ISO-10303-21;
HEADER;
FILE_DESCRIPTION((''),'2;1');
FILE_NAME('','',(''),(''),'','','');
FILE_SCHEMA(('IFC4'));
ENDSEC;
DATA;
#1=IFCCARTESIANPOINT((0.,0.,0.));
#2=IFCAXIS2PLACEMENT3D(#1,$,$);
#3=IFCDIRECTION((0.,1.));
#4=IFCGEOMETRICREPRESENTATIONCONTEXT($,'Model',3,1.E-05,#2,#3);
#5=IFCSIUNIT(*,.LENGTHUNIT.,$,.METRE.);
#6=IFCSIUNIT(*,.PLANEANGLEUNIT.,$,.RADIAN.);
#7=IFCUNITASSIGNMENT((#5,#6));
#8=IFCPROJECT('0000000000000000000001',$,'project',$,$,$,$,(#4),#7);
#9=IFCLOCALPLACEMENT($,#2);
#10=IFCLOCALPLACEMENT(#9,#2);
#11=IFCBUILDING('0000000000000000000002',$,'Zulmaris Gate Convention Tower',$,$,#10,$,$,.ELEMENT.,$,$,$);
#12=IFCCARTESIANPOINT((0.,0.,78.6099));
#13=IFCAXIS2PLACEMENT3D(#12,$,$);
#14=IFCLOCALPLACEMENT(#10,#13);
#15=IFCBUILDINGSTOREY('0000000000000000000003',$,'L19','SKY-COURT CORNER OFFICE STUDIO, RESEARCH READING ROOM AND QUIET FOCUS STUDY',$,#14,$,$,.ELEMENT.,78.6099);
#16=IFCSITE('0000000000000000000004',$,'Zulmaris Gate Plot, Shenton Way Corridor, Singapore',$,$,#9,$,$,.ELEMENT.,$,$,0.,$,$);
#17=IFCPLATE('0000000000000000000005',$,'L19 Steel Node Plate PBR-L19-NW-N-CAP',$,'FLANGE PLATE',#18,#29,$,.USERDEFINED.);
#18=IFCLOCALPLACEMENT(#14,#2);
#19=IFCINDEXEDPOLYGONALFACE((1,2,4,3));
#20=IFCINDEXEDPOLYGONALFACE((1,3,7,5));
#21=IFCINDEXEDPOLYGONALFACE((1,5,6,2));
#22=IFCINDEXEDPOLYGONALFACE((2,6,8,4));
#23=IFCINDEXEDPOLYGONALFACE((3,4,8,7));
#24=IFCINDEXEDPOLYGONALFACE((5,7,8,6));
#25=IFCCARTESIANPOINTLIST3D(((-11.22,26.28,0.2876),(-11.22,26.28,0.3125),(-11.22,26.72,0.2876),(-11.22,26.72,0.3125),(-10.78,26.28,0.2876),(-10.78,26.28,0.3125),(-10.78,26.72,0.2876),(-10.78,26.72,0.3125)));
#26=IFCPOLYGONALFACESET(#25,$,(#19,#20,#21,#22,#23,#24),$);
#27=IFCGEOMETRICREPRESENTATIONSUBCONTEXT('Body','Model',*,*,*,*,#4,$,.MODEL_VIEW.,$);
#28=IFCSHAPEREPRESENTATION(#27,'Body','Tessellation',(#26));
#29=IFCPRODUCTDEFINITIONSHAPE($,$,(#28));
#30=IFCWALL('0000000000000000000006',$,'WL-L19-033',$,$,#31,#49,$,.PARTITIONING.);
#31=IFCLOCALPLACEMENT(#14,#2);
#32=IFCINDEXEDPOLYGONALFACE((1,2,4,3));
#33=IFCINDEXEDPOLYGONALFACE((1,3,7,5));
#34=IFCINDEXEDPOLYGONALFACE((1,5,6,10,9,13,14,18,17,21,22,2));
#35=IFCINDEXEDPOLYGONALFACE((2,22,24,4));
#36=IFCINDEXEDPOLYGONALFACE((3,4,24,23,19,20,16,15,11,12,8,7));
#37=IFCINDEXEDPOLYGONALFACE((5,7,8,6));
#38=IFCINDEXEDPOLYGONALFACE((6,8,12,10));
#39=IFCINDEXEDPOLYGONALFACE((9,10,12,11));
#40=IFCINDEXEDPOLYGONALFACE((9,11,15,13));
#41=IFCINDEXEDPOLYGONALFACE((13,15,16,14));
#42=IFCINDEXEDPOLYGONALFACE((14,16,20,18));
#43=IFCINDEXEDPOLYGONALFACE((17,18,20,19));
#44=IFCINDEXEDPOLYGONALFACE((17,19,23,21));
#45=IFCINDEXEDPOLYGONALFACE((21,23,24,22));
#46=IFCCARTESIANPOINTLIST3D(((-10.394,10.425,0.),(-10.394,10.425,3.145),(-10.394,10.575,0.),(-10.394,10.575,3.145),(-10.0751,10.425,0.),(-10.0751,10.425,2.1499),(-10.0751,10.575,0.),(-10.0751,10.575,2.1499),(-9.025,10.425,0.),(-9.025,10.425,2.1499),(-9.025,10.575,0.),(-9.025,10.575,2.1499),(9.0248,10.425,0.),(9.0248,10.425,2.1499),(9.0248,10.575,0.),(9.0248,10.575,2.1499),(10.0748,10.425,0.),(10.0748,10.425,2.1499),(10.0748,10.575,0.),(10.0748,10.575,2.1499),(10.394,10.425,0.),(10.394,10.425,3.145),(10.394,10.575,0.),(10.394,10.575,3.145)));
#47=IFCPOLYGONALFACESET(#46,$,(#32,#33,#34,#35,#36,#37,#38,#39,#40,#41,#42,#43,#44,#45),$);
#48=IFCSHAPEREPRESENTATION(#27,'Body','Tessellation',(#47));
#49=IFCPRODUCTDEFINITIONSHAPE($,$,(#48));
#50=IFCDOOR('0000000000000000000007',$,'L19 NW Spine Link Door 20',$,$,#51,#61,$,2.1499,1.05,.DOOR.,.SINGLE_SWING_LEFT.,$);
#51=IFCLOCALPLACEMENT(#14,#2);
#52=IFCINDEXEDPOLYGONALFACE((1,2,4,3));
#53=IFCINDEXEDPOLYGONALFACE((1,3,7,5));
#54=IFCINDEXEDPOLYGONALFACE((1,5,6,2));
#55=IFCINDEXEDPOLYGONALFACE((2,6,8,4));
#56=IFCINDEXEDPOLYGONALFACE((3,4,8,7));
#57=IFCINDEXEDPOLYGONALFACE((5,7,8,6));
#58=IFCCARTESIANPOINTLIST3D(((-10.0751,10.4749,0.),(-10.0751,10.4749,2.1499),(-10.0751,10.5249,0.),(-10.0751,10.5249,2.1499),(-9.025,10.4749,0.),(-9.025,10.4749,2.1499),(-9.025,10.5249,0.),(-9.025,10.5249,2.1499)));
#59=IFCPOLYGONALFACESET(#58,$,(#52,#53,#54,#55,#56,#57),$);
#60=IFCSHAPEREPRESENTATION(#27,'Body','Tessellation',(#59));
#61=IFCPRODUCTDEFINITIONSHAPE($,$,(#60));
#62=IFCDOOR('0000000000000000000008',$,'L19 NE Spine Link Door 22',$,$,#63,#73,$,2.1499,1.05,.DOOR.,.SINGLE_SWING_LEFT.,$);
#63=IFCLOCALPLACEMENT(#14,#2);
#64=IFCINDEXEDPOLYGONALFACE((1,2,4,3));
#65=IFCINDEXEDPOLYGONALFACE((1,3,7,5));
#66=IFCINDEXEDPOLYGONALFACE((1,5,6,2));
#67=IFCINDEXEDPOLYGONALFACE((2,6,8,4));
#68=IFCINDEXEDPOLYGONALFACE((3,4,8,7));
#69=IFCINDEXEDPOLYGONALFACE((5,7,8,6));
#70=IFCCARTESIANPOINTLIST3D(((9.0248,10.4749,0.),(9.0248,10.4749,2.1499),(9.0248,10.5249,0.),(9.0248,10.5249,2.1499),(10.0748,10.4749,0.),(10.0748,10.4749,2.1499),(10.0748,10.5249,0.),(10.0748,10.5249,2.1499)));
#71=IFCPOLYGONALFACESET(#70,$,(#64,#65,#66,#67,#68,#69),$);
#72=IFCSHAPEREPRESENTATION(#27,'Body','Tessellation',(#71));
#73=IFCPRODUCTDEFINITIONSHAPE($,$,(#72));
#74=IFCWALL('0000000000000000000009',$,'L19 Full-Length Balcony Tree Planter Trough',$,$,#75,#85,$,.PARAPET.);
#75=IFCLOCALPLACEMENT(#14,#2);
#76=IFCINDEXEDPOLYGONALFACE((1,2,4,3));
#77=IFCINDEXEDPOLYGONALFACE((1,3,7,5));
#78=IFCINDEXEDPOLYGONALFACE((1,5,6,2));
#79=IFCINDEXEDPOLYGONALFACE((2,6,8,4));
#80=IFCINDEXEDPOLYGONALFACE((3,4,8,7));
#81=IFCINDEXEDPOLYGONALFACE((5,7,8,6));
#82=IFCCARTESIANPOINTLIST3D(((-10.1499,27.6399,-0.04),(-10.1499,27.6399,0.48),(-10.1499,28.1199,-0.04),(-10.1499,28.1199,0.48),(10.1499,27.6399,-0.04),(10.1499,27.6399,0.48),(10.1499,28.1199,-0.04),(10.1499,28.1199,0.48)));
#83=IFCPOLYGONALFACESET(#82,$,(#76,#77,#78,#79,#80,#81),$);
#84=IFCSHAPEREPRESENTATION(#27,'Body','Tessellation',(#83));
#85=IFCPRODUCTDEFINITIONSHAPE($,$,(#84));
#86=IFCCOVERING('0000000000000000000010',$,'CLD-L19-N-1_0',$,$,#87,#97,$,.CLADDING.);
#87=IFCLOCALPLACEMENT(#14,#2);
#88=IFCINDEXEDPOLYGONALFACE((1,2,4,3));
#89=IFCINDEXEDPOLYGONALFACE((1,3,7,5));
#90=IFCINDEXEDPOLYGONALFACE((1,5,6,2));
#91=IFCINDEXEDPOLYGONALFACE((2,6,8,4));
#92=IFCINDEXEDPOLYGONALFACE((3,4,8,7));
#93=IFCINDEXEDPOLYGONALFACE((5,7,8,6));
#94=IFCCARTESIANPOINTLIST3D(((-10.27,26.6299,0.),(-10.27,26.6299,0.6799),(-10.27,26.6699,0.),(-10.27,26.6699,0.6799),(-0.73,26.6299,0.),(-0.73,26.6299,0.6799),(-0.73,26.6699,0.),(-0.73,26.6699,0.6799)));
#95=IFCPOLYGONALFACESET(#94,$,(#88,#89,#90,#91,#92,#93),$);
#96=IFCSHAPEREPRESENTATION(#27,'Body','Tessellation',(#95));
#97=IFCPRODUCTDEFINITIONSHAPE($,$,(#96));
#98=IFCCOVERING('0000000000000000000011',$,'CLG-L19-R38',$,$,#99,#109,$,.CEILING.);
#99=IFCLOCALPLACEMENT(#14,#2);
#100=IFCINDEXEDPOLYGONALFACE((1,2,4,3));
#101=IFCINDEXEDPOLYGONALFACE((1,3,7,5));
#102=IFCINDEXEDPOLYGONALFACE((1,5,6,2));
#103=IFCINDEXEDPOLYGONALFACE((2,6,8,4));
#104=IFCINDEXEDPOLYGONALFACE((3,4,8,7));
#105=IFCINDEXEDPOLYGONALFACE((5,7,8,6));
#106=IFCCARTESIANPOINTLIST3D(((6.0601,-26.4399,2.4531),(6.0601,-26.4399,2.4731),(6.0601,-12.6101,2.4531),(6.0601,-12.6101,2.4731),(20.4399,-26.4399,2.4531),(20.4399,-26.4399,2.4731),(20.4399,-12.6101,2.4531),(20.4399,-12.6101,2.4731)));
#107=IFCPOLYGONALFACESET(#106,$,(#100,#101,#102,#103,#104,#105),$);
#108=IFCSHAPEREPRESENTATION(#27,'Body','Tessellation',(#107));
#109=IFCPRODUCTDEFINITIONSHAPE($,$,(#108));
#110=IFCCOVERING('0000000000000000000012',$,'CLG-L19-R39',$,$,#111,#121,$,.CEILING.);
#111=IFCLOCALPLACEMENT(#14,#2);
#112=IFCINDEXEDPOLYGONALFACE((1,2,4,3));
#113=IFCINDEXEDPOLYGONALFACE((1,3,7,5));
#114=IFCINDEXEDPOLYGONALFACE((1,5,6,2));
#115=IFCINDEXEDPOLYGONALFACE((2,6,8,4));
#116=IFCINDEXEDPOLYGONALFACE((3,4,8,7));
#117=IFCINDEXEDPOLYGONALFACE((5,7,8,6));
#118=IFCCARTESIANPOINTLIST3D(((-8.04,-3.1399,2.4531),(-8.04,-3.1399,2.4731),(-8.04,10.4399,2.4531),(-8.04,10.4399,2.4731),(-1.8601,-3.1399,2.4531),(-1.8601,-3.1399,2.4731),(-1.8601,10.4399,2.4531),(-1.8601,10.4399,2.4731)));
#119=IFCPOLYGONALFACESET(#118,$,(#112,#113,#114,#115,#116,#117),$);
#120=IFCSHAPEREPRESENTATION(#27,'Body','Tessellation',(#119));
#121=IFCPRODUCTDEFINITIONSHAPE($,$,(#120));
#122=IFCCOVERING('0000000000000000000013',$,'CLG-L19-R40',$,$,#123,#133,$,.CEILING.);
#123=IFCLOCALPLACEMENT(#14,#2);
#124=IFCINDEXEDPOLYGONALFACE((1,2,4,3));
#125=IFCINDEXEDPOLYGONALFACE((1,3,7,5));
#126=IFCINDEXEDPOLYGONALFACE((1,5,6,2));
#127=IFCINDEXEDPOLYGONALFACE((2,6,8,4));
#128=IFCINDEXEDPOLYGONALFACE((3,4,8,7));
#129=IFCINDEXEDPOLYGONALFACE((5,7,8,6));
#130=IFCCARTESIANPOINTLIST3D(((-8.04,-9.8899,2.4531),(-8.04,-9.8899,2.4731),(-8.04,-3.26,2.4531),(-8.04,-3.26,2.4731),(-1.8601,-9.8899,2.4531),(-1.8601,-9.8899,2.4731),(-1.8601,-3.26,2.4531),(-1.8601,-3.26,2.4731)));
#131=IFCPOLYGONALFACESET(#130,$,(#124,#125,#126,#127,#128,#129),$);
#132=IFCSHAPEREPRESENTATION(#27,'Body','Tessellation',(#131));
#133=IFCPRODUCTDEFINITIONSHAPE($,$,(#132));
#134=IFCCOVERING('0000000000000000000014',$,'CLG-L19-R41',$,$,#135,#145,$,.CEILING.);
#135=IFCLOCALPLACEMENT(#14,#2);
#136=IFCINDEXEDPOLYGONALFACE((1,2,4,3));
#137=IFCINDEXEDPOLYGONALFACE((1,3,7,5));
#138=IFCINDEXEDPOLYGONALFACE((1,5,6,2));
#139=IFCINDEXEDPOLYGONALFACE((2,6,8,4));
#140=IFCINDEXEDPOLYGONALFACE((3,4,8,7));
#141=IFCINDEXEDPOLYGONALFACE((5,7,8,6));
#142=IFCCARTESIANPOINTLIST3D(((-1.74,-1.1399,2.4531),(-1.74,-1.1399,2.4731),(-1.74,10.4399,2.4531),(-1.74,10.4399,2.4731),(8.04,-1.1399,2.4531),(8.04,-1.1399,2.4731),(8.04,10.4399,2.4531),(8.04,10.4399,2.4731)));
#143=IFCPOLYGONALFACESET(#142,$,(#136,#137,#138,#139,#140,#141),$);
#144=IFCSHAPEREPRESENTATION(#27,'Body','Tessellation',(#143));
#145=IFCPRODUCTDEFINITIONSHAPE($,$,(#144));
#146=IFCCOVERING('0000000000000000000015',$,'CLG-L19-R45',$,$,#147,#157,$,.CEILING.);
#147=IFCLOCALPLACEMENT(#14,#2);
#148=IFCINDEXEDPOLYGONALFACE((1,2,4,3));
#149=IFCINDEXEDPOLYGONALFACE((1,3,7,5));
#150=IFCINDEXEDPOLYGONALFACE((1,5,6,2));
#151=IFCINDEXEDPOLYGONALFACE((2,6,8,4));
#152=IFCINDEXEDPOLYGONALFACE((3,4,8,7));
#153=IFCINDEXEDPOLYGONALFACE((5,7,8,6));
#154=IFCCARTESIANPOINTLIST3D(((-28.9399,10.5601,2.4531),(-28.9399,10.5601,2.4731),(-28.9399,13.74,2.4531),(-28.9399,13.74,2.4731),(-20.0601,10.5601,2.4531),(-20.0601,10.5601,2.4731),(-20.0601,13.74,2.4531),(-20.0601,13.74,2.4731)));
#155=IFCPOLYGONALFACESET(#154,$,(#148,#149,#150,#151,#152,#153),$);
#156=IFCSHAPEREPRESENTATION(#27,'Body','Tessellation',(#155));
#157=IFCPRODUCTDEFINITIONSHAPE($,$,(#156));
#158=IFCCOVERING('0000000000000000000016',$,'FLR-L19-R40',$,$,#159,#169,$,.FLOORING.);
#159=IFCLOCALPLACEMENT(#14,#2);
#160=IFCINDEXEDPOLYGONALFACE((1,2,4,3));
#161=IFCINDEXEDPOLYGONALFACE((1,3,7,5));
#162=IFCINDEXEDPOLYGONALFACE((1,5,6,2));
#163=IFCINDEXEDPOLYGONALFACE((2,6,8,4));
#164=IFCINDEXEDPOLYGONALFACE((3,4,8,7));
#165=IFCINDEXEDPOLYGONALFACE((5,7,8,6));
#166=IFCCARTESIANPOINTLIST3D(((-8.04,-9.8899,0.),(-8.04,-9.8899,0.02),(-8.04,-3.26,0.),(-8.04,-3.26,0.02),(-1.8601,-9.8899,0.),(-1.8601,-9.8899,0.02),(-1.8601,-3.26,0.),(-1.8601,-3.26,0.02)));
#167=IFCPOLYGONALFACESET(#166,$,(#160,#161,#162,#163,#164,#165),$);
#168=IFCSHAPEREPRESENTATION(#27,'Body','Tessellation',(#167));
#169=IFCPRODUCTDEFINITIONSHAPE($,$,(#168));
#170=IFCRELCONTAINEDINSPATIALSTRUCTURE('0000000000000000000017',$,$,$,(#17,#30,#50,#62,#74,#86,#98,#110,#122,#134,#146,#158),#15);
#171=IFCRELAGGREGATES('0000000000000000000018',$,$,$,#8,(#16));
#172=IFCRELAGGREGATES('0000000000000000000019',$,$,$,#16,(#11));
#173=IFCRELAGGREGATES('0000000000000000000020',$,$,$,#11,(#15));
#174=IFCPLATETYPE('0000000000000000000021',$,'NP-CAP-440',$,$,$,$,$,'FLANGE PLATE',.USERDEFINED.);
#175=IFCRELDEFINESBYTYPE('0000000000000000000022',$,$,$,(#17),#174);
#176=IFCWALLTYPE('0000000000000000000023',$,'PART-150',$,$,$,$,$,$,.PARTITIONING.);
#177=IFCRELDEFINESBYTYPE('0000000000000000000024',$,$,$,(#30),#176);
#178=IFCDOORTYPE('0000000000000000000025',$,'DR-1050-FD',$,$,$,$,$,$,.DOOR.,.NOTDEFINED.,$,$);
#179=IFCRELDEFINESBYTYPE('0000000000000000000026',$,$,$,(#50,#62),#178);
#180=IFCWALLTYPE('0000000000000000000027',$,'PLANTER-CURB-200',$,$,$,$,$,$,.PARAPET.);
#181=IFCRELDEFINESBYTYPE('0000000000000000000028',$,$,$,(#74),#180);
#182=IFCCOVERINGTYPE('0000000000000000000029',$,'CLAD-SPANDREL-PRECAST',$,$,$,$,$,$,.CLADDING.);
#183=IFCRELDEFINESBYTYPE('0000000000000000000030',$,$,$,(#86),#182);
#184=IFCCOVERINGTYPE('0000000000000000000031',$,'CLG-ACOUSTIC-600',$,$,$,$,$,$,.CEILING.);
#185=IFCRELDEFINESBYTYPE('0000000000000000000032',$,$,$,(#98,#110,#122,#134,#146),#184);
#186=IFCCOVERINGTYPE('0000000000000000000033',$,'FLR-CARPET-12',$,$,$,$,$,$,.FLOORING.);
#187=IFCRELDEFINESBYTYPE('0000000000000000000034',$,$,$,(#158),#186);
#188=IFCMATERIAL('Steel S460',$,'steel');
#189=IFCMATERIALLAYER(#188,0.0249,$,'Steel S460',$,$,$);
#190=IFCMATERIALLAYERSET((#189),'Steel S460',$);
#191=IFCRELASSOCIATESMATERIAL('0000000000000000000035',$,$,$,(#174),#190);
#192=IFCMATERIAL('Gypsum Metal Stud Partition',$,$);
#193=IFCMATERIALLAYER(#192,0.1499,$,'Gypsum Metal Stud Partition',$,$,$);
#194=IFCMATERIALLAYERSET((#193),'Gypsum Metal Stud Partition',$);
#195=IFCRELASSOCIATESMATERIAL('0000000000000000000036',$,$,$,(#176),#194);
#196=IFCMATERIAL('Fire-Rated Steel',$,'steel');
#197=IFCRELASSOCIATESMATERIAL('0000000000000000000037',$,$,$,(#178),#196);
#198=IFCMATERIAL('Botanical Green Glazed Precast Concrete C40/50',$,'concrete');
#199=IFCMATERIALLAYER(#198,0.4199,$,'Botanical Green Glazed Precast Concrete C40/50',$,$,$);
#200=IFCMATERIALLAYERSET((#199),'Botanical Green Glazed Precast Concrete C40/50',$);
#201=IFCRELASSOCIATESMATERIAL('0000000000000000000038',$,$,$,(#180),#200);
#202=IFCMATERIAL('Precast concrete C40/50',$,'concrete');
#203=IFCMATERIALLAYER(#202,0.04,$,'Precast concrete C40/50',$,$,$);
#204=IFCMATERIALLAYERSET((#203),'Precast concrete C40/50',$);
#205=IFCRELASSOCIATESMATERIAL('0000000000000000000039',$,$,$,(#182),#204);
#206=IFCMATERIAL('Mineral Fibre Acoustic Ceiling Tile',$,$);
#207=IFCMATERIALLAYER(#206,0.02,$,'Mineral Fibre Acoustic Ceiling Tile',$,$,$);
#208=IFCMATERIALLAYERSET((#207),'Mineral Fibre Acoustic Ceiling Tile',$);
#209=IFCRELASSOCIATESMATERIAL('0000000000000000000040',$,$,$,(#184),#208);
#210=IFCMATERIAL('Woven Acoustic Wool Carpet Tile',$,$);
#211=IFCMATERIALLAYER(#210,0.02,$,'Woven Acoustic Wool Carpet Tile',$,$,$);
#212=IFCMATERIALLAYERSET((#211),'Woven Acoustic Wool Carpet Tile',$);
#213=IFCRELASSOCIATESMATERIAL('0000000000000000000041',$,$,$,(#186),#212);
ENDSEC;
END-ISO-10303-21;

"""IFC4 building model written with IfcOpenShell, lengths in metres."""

from ifc_helpers import new_model, si_unit, direction, frame, frame_2d, origin, origin_2d, place, context, subcontext, project, spatial, polyline, rectangle, outline, extrude, material, layer, layer_set, type_object, element, fill, save


model = new_model("IFC4")

# Units and contexts
model_context = context("Model", 3, precision=1e-05, world=origin(), true_north=direction((0.0, 1.0)))
body_context = subcontext(model_context, "Body", "Model", "MODEL_VIEW")
ifc_project = project(units=[si_unit("LENGTHUNIT", "METRE"), si_unit("PLANEANGLEUNIT", "RADIAN")], contexts=[model_context])

# Site, building, storey
site_placement = place(None, origin())
site = spatial("IfcSite", under=ifc_project, at=site_placement, Name="Zulmaris Gate Plot, Shenton Way Corridor, Singapore", CompositionType="ELEMENT", RefElevation=0.0)
building_placement = place(site_placement, origin())
building = spatial("IfcBuilding", under=site, at=building_placement, Name="Zulmaris Gate Convention Tower", CompositionType="ELEMENT")
storey_placement = place(building_placement, frame((0.0, 0.0, 78.6099)))
storey = spatial("IfcBuildingStorey", under=building, at=storey_placement, Name="L19", Description="SKY-COURT CORNER OFFICE STUDIO, RESEARCH READING ROOM AND QUIET FOCUS STUDY", CompositionType="ELEMENT", Elevation=78.6099)

# Shared definitions
ifc_material_1 = material(Name="Steel S460", Category="steel")

# Plate
ifc_layer_1 = layer(ifc_material_1, 0.0249, Name="Steel S460")
ifc_layer_set_1 = layer_set([ifc_layer_1], Name="Steel S460")
plate_type = type_object("IfcPlateType", Name="NP-CAP-440", ElementType="FLANGE PLATE", PredefinedType="USERDEFINED", material=ifc_layer_set_1)
plate_placement = place(storey_placement, frame((-11.0, 26.5, 0.2876), z_axis=(0.0, 0.0, 1.0), x_axis=(1.0, 0.0, 0.0)))
element("IfcPlate", 1, at=plate_placement, inside=storey, type_object=plate_type, Name="L19 Steel Node Plate PBR-L19-NW-N-CAP", ObjectType="FLANGE PLATE", PredefinedType="USERDEFINED", context=body_context, shape_type="SweptSolid", body=[
    extrude(rectangle(XDim=0.4399, YDim=0.4399, at=origin_2d()), origin(), (0.0, 0.0, 1.0), 0.0249),
])

# Wall, openings, doors
ifc_material_2 = material(Name="Gypsum Metal Stud Partition")
ifc_layer_2 = layer(ifc_material_2, 0.1499, Name="Gypsum Metal Stud Partition")
ifc_layer_set_2 = layer_set([ifc_layer_2], Name="Gypsum Metal Stud Partition")
wall_type_1 = type_object("IfcWallType", Name="PART-150", PredefinedType="PARTITIONING", material=ifc_layer_set_2)
wall_1_placement = place(storey_placement, frame((-10.394, 10.5, 0.0), z_axis=(0.0, 0.0, 1.0), x_axis=(1.0, 0.0, 0.0)))
wall_1 = element("IfcWall", 2, at=wall_1_placement, inside=storey, type_object=wall_type_1, Name="WL-L19-033", PredefinedType="PARTITIONING", context=body_context, shape_type="SweptSolid", body=[
    extrude(rectangle(XDim=20.7881, YDim=0.1499, at=frame_2d((10.394, 0.0))), origin(), (0.0, 0.0, 1.0), 3.145),
])
opening_1_placement = place(wall_1_placement, frame((0.3191, 0.0, 0.0)))
opening_1 = element("IfcOpeningElement", 3, at=opening_1_placement, cuts=wall_1, PredefinedType="OPENING", context=body_context, shape_type="SweptSolid", body=[
    extrude(rectangle(XDim=1.05, YDim=2.1499, at=frame_2d((0.5249, 1.075))), frame((0.0, 0.085, 0.0), z_axis=(0.0, -1.0, 0.0), x_axis=(1.0, 0.0, 0.0)), (0.0, 0.0, 1.0), 0.1699),
])
opening_2_placement = place(wall_1_placement, frame((19.4189, 0.0, 0.0)))
opening_2 = element("IfcOpeningElement", 4, at=opening_2_placement, cuts=wall_1, PredefinedType="OPENING", context=body_context, shape_type="SweptSolid", body=[
    extrude(rectangle(XDim=1.05, YDim=2.1499, at=frame_2d((0.5249, 1.075))), frame((0.0, 0.085, 0.0), z_axis=(0.0, -1.0, 0.0), x_axis=(1.0, 0.0, 0.0)), (0.0, 0.0, 1.0), 0.1699),
])
ifc_material_3 = material(Name="Fire-Rated Steel", Category="steel")
door_type_1 = type_object("IfcDoorType", Name="DR-1050-FD", OperationType="NOTDEFINED", PredefinedType="DOOR", material=ifc_material_3)
door_1_placement = place(opening_1_placement, origin())
door_1 = element("IfcDoor", 5, at=door_1_placement, inside=storey, type_object=door_type_1, Name="L19 NW Spine Link Door 20", OperationType="SINGLE_SWING_LEFT", OverallHeight=2.1499, OverallWidth=1.05, PredefinedType="DOOR", context=body_context, shape_type="SweptSolid", body=[
    extrude(rectangle(XDim=1.05, YDim=2.1499, at=frame_2d((0.5249, 1.075))), frame((0.0, 0.0249, 0.0), z_axis=(0.0, -1.0, 0.0), x_axis=(1.0, 0.0, 0.0)), (0.0, 0.0, 1.0), 0.05),
])
fill(opening_1, door_1)
door_2_placement = place(opening_2_placement, origin())
door_2 = element("IfcDoor", 6, at=door_2_placement, inside=storey, type_object=door_type_1, Name="L19 NE Spine Link Door 22", OperationType="SINGLE_SWING_LEFT", OverallHeight=2.1499, OverallWidth=1.05, PredefinedType="DOOR", context=body_context, shape_type="SweptSolid", body=[
    extrude(rectangle(XDim=1.05, YDim=2.1499, at=frame_2d((0.5249, 1.075))), frame((0.0, 0.0249, 0.0), z_axis=(0.0, -1.0, 0.0), x_axis=(1.0, 0.0, 0.0)), (0.0, 0.0, 1.0), 0.05),
])
fill(opening_2, door_2)

# Wall
ifc_material_4 = material(Name="Botanical Green Glazed Precast Concrete C40/50", Category="concrete")
ifc_layer_3 = layer(ifc_material_4, 0.4199, Name="Botanical Green Glazed Precast Concrete C40/50")
ifc_layer_set_3 = layer_set([ifc_layer_3], Name="Botanical Green Glazed Precast Concrete C40/50")
wall_type_2 = type_object("IfcWallType", Name="PLANTER-CURB-200", PredefinedType="PARAPET", material=ifc_layer_set_3)
wall_2_placement = place(storey_placement, frame((-10.1499, 27.8799, -0.04), z_axis=(0.0, 0.0, 1.0), x_axis=(1.0, 0.0, 0.0)))
element("IfcWall", 7, at=wall_2_placement, inside=storey, type_object=wall_type_2, Name="L19 Full-Length Balcony Tree Planter Trough", PredefinedType="PARAPET", context=body_context, shape_type="SweptSolid", body=[
    extrude(rectangle(XDim=20.2998, YDim=0.48, at=frame_2d((10.1499, 0.0))), origin(), (0.0, 0.0, 1.0), 0.52),
])

# Shared definitions
ifc_material_5 = material(Name="Precast concrete C40/50", Category="concrete")

# Coverings
ifc_layer_4 = layer(ifc_material_5, 0.04, Name="Precast concrete C40/50")
ifc_layer_set_4 = layer_set([ifc_layer_4], Name="Precast concrete C40/50")
covering_type_1 = type_object("IfcCoveringType", Name="CLAD-SPANDREL-PRECAST", PredefinedType="CLADDING", material=ifc_layer_set_4)
covering_1_placement = place(storey_placement, frame((-0.73, 26.6499, 0.0), z_axis=(0.0, 0.0, 1.0), x_axis=(-1.0, 0.0, 0.0)))
element("IfcCovering", 8, at=covering_1_placement, inside=storey, type_object=covering_type_1, Name="CLD-L19-N-1_0", PredefinedType="CLADDING", context=body_context, shape_type="SweptSolid", body=[
    extrude(rectangle(XDim=9.54, YDim=0.04, at=frame_2d((4.77, 0.0))), origin(), (0.0, 0.0, 1.0), 0.6799),
])
ifc_material_6 = material(Name="Mineral Fibre Acoustic Ceiling Tile")
ifc_layer_5 = layer(ifc_material_6, 0.02, Name="Mineral Fibre Acoustic Ceiling Tile")
ifc_layer_set_5 = layer_set([ifc_layer_5], Name="Mineral Fibre Acoustic Ceiling Tile")
covering_type_2 = type_object("IfcCoveringType", Name="CLG-ACOUSTIC-600", PredefinedType="CEILING", material=ifc_layer_set_5)
covering_2_placement = place(storey_placement, frame((0.0, 0.0, 2.4531)))
element("IfcCovering", 9, at=covering_2_placement, inside=storey, type_object=covering_type_2, Name="CLG-L19-R38", PredefinedType="CEILING", context=body_context, shape_type="SweptSolid", body=[
    extrude(outline(polyline([(6.0601, -26.4399), (20.4399, -26.4399), (20.4399, -12.6101), (6.0601, -12.6101), (6.0601, -26.4399)])), origin(), (0.0, 0.0, 1.0), 0.02),
])
covering_3_placement = place(storey_placement, frame((0.0, 0.0, 2.4531)))
element("IfcCovering", 10, at=covering_3_placement, inside=storey, type_object=covering_type_2, Name="CLG-L19-R39", PredefinedType="CEILING", context=body_context, shape_type="SweptSolid", body=[
    extrude(outline(polyline([(-8.04, -3.1399), (-1.8601, -3.1399), (-1.8601, 10.4399), (-8.04, 10.4399), (-8.04, -3.1399)])), origin(), (0.0, 0.0, 1.0), 0.02),
])
covering_4_placement = place(storey_placement, frame((0.0, 0.0, 2.4531)))
element("IfcCovering", 11, at=covering_4_placement, inside=storey, type_object=covering_type_2, Name="CLG-L19-R40", PredefinedType="CEILING", context=body_context, shape_type="SweptSolid", body=[
    extrude(outline(polyline([(-8.04, -9.8899), (-1.8601, -9.8899), (-1.8601, -3.26), (-8.04, -3.26), (-8.04, -9.8899)])), origin(), (0.0, 0.0, 1.0), 0.02),
])
covering_5_placement = place(storey_placement, frame((0.0, 0.0, 2.4531)))
element("IfcCovering", 12, at=covering_5_placement, inside=storey, type_object=covering_type_2, Name="CLG-L19-R41", PredefinedType="CEILING", context=body_context, shape_type="SweptSolid", body=[
    extrude(outline(polyline([(-1.74, -1.1399), (8.04, -1.1399), (8.04, 10.4399), (-1.74, 10.4399), (-1.74, -1.1399)])), origin(), (0.0, 0.0, 1.0), 0.02),
])
covering_6_placement = place(storey_placement, frame((0.0, 0.0, 2.4531)))
element("IfcCovering", 13, at=covering_6_placement, inside=storey, type_object=covering_type_2, Name="CLG-L19-R45", PredefinedType="CEILING", context=body_context, shape_type="SweptSolid", body=[
    extrude(outline(polyline([(-28.9399, 10.5601), (-20.0601, 10.5601), (-20.0601, 13.74), (-28.9399, 13.74), (-28.9399, 10.5601)])), origin(), (0.0, 0.0, 1.0), 0.02),
])
ifc_material_7 = material(Name="Woven Acoustic Wool Carpet Tile")
ifc_layer_6 = layer(ifc_material_7, 0.02, Name="Woven Acoustic Wool Carpet Tile")
ifc_layer_set_6 = layer_set([ifc_layer_6], Name="Woven Acoustic Wool Carpet Tile")
covering_type_3 = type_object("IfcCoveringType", Name="FLR-CARPET-12", PredefinedType="FLOORING", material=ifc_layer_set_6)
covering_7_placement = place(storey_placement, origin())
element("IfcCovering", 14, at=covering_7_placement, inside=storey, type_object=covering_type_3, Name="FLR-L19-R40", PredefinedType="FLOORING", context=body_context, shape_type="SweptSolid", body=[
    extrude(outline(polyline([(-8.04, -9.8899), (-1.8601, -9.8899), (-1.8601, -3.26), (-8.04, -3.26), (-8.04, -9.8899)])), origin(), (0.0, 0.0, 1.0), 0.02),
])

save(model, "model.ifc")
